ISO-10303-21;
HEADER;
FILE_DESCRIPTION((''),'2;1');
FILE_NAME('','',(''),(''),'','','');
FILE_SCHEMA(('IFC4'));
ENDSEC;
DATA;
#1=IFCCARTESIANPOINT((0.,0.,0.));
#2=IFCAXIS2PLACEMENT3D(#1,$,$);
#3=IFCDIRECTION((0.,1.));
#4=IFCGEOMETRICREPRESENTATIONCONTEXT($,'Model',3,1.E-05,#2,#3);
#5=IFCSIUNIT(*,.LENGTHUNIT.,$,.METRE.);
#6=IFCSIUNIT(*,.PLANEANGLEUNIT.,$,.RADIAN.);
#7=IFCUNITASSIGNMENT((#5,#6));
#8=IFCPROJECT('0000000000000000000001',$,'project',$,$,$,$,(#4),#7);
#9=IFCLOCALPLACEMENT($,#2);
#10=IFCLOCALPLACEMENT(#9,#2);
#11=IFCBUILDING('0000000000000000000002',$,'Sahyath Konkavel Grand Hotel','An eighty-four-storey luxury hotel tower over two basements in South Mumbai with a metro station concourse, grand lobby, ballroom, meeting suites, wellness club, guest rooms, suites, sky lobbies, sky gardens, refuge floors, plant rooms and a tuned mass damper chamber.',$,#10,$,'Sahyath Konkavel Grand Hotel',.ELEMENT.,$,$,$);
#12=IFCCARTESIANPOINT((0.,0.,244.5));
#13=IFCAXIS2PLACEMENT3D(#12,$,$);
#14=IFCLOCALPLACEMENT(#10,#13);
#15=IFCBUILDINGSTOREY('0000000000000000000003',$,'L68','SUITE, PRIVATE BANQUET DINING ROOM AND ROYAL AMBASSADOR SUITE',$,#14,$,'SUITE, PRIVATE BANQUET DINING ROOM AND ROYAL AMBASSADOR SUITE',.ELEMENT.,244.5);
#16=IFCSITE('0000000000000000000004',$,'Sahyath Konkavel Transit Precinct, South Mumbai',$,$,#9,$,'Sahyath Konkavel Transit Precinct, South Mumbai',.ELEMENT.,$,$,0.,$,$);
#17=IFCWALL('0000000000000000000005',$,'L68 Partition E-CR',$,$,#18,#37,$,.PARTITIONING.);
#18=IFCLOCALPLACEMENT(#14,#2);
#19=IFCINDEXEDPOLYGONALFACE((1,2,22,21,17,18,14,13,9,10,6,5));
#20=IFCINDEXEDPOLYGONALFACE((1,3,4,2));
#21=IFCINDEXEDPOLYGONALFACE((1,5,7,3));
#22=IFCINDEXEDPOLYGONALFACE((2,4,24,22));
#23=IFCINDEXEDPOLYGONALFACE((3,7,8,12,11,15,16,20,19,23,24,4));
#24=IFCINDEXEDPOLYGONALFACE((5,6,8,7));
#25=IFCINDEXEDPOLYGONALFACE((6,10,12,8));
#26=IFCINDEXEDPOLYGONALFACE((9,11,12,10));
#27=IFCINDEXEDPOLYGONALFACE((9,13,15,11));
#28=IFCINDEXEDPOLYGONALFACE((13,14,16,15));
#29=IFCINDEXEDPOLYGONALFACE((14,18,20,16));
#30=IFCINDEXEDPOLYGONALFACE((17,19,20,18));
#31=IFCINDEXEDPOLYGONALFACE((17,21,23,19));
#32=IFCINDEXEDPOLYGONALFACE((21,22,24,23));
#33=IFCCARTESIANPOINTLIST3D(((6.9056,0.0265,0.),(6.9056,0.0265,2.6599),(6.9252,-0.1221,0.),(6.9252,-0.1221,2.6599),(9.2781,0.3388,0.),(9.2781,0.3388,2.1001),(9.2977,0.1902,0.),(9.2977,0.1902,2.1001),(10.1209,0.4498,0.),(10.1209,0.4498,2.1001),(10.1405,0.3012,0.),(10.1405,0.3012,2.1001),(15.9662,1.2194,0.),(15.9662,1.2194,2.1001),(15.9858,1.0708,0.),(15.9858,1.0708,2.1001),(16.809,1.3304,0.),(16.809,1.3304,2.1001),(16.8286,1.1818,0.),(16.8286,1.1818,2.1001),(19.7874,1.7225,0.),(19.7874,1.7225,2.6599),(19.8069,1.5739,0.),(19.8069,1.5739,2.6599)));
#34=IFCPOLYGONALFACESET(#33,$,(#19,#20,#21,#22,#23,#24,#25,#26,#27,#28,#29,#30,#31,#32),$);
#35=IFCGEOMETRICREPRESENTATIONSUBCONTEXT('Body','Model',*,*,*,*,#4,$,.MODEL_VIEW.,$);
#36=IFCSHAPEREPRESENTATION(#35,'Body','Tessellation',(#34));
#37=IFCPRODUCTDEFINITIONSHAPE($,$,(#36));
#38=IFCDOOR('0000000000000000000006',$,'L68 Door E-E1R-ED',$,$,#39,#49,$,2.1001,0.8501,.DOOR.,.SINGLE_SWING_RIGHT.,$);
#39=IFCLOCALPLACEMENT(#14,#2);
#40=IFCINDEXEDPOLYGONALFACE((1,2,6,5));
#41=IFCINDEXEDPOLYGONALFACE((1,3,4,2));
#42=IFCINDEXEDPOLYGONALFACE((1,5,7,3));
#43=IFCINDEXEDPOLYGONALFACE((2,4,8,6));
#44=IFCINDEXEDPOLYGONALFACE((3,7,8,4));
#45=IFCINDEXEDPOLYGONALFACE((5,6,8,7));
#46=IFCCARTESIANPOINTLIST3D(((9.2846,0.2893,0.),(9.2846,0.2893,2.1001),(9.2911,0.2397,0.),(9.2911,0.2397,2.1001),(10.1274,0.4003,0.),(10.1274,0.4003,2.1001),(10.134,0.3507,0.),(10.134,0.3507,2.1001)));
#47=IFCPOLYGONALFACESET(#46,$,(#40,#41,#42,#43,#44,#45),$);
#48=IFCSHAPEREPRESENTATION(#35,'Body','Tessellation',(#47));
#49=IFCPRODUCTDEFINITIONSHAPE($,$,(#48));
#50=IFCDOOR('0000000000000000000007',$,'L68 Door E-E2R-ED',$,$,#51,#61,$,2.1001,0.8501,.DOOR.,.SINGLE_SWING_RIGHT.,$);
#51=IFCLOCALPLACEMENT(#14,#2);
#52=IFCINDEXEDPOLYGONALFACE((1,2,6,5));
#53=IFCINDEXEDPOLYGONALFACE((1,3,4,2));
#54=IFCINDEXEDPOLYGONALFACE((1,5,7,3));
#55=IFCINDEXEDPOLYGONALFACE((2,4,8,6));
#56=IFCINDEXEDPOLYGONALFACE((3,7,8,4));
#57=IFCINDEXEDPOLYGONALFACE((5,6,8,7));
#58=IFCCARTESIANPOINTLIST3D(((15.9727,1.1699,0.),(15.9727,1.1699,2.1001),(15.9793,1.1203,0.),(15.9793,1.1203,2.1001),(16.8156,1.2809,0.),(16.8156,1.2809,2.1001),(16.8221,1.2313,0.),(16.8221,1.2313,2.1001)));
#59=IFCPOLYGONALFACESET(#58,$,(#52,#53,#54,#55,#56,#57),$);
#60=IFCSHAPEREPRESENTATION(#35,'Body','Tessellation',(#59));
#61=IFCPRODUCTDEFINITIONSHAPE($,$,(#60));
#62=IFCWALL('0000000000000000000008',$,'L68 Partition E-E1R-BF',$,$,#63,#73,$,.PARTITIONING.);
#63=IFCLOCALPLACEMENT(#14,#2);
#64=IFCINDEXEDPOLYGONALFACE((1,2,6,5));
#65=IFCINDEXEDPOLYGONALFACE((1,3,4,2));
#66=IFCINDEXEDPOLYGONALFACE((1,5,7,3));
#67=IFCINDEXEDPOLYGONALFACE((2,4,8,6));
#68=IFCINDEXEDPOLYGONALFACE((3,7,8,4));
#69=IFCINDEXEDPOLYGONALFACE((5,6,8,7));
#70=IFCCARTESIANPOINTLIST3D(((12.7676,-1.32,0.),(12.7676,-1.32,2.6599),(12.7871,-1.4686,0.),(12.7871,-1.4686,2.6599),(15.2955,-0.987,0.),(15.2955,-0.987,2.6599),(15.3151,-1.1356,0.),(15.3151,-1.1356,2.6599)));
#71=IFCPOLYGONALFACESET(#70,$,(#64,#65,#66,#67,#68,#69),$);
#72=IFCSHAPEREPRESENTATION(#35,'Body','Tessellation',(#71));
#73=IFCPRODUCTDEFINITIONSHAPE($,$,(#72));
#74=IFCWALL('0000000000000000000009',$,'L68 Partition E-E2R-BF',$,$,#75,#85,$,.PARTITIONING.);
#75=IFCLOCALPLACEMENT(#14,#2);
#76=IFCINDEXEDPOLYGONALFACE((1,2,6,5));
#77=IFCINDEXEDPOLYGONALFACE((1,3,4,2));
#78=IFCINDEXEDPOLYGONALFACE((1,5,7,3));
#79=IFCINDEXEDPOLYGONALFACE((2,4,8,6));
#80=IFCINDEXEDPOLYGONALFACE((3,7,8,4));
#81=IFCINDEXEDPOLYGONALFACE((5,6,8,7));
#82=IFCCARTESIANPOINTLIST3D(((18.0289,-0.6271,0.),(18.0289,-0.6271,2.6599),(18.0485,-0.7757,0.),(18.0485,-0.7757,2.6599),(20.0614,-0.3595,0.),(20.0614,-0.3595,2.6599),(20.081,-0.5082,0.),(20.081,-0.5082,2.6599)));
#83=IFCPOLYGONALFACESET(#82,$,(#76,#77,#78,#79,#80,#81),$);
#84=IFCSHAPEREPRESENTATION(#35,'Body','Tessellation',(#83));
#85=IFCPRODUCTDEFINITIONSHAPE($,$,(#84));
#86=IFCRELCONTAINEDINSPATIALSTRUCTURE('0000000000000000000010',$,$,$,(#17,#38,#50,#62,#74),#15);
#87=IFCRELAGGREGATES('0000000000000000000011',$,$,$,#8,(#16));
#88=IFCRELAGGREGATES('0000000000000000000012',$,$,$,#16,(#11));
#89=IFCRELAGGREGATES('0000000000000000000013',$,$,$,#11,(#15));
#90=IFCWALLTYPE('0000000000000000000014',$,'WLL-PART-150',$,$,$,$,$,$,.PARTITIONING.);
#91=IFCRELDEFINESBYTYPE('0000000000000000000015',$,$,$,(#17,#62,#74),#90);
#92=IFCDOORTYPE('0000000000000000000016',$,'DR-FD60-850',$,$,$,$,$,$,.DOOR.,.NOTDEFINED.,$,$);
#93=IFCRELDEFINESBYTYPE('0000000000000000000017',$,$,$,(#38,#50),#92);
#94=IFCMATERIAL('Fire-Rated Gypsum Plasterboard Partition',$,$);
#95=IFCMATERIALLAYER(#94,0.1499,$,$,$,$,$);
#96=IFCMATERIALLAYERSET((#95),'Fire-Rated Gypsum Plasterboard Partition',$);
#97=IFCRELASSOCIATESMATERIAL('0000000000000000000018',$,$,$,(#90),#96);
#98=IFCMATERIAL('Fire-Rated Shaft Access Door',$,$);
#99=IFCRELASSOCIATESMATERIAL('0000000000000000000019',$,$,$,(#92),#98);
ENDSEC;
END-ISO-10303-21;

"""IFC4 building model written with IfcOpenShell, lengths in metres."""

from ifc_helpers import new_model, si_unit, direction, frame, frame_2d, origin, origin_2d, place, context, subcontext, project, spatial, rectangle, extrude, source, transform, mapped, material, layer, layer_set, type_object, element, fill, save


model = new_model("IFC4")

# Units and contexts
model_context = context("Model", 3, precision=1e-05, world=origin(), true_north=direction((0.0, 1.0)))
body_context = subcontext(model_context, "Body", "Model", "MODEL_VIEW")
ifc_project = project(units=[si_unit("LENGTHUNIT", "METRE"), si_unit("PLANEANGLEUNIT", "RADIAN")], contexts=[model_context])

# Site, building, storey
site_placement = place(None, origin())
site = spatial("IfcSite", under=ifc_project, at=site_placement, Name="Sahyath Konkavel Transit Precinct, South Mumbai", LongName="Sahyath Konkavel Transit Precinct, South Mumbai", CompositionType="ELEMENT", RefElevation=0.0)
building_placement = place(site_placement, origin())
building = spatial("IfcBuilding", under=site, at=building_placement, Name="Sahyath Konkavel Grand Hotel", Description="An eighty-four-storey luxury hotel tower over two basements in South Mumbai with a metro station concourse, grand lobby, ballroom, meeting suites, wellness club, guest rooms, suites, sky lobbies, sky gardens, refuge floors, plant rooms and a tuned mass damper chamber.", LongName="Sahyath Konkavel Grand Hotel", CompositionType="ELEMENT")
storey_placement = place(building_placement, frame((0.0, 0.0, 244.5)))
storey = spatial("IfcBuildingStorey", under=building, at=storey_placement, Name="L68", Description="SUITE, PRIVATE BANQUET DINING ROOM AND ROYAL AMBASSADOR SUITE", LongName="SUITE, PRIVATE BANQUET DINING ROOM AND ROYAL AMBASSADOR SUITE", CompositionType="ELEMENT", Elevation=244.5)

# Wall, openings, doors
ifc_material_1 = material(Name="Fire-Rated Gypsum Plasterboard Partition")
ifc_layer_1 = layer(ifc_material_1, 0.1499)
ifc_layer_set_1 = layer_set([ifc_layer_1], Name="Fire-Rated Gypsum Plasterboard Partition")
wall_type_1 = type_object("IfcWallType", Name="WLL-PART-150", PredefinedType="PARTITIONING", material=ifc_layer_set_1)
wall_1_placement = place(storey_placement, frame((6.9153, -0.0479, 0.0), z_axis=(0.0, 0.0, 1.0), x_axis=(0.991444, 0.130535, 0.0)))
wall_1 = element("IfcWall", 1, at=wall_1_placement, inside=storey, type_object=wall_type_1, Name="L68 Partition E-CR", PredefinedType="PARTITIONING", context=body_context, shape_type="SweptSolid", body=[
    extrude(rectangle(XDim=12.9929, YDim=0.1499, at=frame_2d((6.4966, 0.0))), origin(), (0.0, 0.0, 1.0), 2.6599),
])
opening_1_placement = place(wall_1_placement, frame((2.3931, 0.0, 0.0)))
opening_1 = element("IfcOpeningElement", 2, at=opening_1_placement, cuts=wall_1, PredefinedType="OPENING", context=body_context, shape_type="SweptSolid", body=[
    extrude(rectangle(XDim=0.8501, YDim=2.1001, at=frame_2d((0.425, 1.05))), frame((0.0, 0.085, 0.0), z_axis=(0.0, -1.0, 0.0), x_axis=(1.0, 0.0, 0.0)), (0.0, 0.0, 1.0), 0.1699),
])
opening_2_placement = place(wall_1_placement, frame((9.1389, 0.0, 0.0)))
opening_2 = element("IfcOpeningElement", 3, at=opening_2_placement, cuts=wall_1, PredefinedType="OPENING", context=body_context, shape_type="SweptSolid", body=[
    extrude(rectangle(XDim=0.8501, YDim=2.1001, at=frame_2d((0.425, 1.05))), frame((0.0, 0.085, 0.0), z_axis=(0.0, -1.0, 0.0), x_axis=(1.0, 0.0, 0.0)), (0.0, 0.0, 1.0), 0.1699),
])
ifc_material_2 = material(Name="Fire-Rated Shaft Access Door")
door_type = type_object("IfcDoorType", Name="DR-FD60-850", OperationType="NOTDEFINED", PredefinedType="DOOR", material=ifc_material_2)
shared_shape_1 = source(origin(), body_context, "Body", "SweptSolid", [
    extrude(rectangle(XDim=0.8501, YDim=0.05, at=origin_2d()), origin(), (0.0, 0.0, 1.0), 2.1001),
])
door_1_placement = place(opening_1_placement, frame((0.425, 0.0, 0.0)))
door_1 = element("IfcDoor", 4, at=door_1_placement, inside=storey, type_object=door_type, Name="L68 Door E-E1R-ED", OperationType="SINGLE_SWING_RIGHT", OverallHeight=2.1001, OverallWidth=0.8501, PredefinedType="DOOR", context=body_context, shape_type="MappedRepresentation", body=[
    mapped(shared_shape_1, transform((0.0, 0.0, 0.0), scale=1.0)),
])
fill(opening_1, door_1)
door_2_placement = place(opening_2_placement, frame((0.425, 0.0, 0.0)))
door_2 = element("IfcDoor", 5, at=door_2_placement, inside=storey, type_object=door_type, Name="L68 Door E-E2R-ED", OperationType="SINGLE_SWING_RIGHT", OverallHeight=2.1001, OverallWidth=0.8501, PredefinedType="DOOR", context=body_context, shape_type="MappedRepresentation", body=[
    mapped(shared_shape_1, transform((0.0, 0.0, 0.0), scale=1.0)),
])
fill(opening_2, door_2)

# Walls
wall_2_placement = place(storey_placement, frame((12.7773, -1.3943, 0.0), z_axis=(0.0, 0.0, 1.0), x_axis=(0.991436, 0.130596, 0.0)))
element("IfcWall", 6, at=wall_2_placement, inside=storey, type_object=wall_type_1, Name="L68 Partition E-E1R-BF", PredefinedType="PARTITIONING", context=body_context, shape_type="SweptSolid", body=[
    extrude(rectangle(XDim=2.5498, YDim=0.1499, at=frame_2d((1.2749, 0.0))), origin(), (0.0, 0.0, 1.0), 2.6599),
])
wall_3_placement = place(storey_placement, frame((18.0388, -0.7014, 0.0), z_axis=(0.0, 0.0, 1.0), x_axis=(0.991445, 0.130525, 0.0)))
element("IfcWall", 7, at=wall_3_placement, inside=storey, type_object=wall_type_1, Name="L68 Partition E-E2R-BF", PredefinedType="PARTITIONING", context=body_context, shape_type="SweptSolid", body=[
    extrude(rectangle(XDim=2.05, YDim=0.1499, at=frame_2d((1.0249, 0.0))), origin(), (0.0, 0.0, 1.0), 2.6599),
])

save(model, "model.ifc")
